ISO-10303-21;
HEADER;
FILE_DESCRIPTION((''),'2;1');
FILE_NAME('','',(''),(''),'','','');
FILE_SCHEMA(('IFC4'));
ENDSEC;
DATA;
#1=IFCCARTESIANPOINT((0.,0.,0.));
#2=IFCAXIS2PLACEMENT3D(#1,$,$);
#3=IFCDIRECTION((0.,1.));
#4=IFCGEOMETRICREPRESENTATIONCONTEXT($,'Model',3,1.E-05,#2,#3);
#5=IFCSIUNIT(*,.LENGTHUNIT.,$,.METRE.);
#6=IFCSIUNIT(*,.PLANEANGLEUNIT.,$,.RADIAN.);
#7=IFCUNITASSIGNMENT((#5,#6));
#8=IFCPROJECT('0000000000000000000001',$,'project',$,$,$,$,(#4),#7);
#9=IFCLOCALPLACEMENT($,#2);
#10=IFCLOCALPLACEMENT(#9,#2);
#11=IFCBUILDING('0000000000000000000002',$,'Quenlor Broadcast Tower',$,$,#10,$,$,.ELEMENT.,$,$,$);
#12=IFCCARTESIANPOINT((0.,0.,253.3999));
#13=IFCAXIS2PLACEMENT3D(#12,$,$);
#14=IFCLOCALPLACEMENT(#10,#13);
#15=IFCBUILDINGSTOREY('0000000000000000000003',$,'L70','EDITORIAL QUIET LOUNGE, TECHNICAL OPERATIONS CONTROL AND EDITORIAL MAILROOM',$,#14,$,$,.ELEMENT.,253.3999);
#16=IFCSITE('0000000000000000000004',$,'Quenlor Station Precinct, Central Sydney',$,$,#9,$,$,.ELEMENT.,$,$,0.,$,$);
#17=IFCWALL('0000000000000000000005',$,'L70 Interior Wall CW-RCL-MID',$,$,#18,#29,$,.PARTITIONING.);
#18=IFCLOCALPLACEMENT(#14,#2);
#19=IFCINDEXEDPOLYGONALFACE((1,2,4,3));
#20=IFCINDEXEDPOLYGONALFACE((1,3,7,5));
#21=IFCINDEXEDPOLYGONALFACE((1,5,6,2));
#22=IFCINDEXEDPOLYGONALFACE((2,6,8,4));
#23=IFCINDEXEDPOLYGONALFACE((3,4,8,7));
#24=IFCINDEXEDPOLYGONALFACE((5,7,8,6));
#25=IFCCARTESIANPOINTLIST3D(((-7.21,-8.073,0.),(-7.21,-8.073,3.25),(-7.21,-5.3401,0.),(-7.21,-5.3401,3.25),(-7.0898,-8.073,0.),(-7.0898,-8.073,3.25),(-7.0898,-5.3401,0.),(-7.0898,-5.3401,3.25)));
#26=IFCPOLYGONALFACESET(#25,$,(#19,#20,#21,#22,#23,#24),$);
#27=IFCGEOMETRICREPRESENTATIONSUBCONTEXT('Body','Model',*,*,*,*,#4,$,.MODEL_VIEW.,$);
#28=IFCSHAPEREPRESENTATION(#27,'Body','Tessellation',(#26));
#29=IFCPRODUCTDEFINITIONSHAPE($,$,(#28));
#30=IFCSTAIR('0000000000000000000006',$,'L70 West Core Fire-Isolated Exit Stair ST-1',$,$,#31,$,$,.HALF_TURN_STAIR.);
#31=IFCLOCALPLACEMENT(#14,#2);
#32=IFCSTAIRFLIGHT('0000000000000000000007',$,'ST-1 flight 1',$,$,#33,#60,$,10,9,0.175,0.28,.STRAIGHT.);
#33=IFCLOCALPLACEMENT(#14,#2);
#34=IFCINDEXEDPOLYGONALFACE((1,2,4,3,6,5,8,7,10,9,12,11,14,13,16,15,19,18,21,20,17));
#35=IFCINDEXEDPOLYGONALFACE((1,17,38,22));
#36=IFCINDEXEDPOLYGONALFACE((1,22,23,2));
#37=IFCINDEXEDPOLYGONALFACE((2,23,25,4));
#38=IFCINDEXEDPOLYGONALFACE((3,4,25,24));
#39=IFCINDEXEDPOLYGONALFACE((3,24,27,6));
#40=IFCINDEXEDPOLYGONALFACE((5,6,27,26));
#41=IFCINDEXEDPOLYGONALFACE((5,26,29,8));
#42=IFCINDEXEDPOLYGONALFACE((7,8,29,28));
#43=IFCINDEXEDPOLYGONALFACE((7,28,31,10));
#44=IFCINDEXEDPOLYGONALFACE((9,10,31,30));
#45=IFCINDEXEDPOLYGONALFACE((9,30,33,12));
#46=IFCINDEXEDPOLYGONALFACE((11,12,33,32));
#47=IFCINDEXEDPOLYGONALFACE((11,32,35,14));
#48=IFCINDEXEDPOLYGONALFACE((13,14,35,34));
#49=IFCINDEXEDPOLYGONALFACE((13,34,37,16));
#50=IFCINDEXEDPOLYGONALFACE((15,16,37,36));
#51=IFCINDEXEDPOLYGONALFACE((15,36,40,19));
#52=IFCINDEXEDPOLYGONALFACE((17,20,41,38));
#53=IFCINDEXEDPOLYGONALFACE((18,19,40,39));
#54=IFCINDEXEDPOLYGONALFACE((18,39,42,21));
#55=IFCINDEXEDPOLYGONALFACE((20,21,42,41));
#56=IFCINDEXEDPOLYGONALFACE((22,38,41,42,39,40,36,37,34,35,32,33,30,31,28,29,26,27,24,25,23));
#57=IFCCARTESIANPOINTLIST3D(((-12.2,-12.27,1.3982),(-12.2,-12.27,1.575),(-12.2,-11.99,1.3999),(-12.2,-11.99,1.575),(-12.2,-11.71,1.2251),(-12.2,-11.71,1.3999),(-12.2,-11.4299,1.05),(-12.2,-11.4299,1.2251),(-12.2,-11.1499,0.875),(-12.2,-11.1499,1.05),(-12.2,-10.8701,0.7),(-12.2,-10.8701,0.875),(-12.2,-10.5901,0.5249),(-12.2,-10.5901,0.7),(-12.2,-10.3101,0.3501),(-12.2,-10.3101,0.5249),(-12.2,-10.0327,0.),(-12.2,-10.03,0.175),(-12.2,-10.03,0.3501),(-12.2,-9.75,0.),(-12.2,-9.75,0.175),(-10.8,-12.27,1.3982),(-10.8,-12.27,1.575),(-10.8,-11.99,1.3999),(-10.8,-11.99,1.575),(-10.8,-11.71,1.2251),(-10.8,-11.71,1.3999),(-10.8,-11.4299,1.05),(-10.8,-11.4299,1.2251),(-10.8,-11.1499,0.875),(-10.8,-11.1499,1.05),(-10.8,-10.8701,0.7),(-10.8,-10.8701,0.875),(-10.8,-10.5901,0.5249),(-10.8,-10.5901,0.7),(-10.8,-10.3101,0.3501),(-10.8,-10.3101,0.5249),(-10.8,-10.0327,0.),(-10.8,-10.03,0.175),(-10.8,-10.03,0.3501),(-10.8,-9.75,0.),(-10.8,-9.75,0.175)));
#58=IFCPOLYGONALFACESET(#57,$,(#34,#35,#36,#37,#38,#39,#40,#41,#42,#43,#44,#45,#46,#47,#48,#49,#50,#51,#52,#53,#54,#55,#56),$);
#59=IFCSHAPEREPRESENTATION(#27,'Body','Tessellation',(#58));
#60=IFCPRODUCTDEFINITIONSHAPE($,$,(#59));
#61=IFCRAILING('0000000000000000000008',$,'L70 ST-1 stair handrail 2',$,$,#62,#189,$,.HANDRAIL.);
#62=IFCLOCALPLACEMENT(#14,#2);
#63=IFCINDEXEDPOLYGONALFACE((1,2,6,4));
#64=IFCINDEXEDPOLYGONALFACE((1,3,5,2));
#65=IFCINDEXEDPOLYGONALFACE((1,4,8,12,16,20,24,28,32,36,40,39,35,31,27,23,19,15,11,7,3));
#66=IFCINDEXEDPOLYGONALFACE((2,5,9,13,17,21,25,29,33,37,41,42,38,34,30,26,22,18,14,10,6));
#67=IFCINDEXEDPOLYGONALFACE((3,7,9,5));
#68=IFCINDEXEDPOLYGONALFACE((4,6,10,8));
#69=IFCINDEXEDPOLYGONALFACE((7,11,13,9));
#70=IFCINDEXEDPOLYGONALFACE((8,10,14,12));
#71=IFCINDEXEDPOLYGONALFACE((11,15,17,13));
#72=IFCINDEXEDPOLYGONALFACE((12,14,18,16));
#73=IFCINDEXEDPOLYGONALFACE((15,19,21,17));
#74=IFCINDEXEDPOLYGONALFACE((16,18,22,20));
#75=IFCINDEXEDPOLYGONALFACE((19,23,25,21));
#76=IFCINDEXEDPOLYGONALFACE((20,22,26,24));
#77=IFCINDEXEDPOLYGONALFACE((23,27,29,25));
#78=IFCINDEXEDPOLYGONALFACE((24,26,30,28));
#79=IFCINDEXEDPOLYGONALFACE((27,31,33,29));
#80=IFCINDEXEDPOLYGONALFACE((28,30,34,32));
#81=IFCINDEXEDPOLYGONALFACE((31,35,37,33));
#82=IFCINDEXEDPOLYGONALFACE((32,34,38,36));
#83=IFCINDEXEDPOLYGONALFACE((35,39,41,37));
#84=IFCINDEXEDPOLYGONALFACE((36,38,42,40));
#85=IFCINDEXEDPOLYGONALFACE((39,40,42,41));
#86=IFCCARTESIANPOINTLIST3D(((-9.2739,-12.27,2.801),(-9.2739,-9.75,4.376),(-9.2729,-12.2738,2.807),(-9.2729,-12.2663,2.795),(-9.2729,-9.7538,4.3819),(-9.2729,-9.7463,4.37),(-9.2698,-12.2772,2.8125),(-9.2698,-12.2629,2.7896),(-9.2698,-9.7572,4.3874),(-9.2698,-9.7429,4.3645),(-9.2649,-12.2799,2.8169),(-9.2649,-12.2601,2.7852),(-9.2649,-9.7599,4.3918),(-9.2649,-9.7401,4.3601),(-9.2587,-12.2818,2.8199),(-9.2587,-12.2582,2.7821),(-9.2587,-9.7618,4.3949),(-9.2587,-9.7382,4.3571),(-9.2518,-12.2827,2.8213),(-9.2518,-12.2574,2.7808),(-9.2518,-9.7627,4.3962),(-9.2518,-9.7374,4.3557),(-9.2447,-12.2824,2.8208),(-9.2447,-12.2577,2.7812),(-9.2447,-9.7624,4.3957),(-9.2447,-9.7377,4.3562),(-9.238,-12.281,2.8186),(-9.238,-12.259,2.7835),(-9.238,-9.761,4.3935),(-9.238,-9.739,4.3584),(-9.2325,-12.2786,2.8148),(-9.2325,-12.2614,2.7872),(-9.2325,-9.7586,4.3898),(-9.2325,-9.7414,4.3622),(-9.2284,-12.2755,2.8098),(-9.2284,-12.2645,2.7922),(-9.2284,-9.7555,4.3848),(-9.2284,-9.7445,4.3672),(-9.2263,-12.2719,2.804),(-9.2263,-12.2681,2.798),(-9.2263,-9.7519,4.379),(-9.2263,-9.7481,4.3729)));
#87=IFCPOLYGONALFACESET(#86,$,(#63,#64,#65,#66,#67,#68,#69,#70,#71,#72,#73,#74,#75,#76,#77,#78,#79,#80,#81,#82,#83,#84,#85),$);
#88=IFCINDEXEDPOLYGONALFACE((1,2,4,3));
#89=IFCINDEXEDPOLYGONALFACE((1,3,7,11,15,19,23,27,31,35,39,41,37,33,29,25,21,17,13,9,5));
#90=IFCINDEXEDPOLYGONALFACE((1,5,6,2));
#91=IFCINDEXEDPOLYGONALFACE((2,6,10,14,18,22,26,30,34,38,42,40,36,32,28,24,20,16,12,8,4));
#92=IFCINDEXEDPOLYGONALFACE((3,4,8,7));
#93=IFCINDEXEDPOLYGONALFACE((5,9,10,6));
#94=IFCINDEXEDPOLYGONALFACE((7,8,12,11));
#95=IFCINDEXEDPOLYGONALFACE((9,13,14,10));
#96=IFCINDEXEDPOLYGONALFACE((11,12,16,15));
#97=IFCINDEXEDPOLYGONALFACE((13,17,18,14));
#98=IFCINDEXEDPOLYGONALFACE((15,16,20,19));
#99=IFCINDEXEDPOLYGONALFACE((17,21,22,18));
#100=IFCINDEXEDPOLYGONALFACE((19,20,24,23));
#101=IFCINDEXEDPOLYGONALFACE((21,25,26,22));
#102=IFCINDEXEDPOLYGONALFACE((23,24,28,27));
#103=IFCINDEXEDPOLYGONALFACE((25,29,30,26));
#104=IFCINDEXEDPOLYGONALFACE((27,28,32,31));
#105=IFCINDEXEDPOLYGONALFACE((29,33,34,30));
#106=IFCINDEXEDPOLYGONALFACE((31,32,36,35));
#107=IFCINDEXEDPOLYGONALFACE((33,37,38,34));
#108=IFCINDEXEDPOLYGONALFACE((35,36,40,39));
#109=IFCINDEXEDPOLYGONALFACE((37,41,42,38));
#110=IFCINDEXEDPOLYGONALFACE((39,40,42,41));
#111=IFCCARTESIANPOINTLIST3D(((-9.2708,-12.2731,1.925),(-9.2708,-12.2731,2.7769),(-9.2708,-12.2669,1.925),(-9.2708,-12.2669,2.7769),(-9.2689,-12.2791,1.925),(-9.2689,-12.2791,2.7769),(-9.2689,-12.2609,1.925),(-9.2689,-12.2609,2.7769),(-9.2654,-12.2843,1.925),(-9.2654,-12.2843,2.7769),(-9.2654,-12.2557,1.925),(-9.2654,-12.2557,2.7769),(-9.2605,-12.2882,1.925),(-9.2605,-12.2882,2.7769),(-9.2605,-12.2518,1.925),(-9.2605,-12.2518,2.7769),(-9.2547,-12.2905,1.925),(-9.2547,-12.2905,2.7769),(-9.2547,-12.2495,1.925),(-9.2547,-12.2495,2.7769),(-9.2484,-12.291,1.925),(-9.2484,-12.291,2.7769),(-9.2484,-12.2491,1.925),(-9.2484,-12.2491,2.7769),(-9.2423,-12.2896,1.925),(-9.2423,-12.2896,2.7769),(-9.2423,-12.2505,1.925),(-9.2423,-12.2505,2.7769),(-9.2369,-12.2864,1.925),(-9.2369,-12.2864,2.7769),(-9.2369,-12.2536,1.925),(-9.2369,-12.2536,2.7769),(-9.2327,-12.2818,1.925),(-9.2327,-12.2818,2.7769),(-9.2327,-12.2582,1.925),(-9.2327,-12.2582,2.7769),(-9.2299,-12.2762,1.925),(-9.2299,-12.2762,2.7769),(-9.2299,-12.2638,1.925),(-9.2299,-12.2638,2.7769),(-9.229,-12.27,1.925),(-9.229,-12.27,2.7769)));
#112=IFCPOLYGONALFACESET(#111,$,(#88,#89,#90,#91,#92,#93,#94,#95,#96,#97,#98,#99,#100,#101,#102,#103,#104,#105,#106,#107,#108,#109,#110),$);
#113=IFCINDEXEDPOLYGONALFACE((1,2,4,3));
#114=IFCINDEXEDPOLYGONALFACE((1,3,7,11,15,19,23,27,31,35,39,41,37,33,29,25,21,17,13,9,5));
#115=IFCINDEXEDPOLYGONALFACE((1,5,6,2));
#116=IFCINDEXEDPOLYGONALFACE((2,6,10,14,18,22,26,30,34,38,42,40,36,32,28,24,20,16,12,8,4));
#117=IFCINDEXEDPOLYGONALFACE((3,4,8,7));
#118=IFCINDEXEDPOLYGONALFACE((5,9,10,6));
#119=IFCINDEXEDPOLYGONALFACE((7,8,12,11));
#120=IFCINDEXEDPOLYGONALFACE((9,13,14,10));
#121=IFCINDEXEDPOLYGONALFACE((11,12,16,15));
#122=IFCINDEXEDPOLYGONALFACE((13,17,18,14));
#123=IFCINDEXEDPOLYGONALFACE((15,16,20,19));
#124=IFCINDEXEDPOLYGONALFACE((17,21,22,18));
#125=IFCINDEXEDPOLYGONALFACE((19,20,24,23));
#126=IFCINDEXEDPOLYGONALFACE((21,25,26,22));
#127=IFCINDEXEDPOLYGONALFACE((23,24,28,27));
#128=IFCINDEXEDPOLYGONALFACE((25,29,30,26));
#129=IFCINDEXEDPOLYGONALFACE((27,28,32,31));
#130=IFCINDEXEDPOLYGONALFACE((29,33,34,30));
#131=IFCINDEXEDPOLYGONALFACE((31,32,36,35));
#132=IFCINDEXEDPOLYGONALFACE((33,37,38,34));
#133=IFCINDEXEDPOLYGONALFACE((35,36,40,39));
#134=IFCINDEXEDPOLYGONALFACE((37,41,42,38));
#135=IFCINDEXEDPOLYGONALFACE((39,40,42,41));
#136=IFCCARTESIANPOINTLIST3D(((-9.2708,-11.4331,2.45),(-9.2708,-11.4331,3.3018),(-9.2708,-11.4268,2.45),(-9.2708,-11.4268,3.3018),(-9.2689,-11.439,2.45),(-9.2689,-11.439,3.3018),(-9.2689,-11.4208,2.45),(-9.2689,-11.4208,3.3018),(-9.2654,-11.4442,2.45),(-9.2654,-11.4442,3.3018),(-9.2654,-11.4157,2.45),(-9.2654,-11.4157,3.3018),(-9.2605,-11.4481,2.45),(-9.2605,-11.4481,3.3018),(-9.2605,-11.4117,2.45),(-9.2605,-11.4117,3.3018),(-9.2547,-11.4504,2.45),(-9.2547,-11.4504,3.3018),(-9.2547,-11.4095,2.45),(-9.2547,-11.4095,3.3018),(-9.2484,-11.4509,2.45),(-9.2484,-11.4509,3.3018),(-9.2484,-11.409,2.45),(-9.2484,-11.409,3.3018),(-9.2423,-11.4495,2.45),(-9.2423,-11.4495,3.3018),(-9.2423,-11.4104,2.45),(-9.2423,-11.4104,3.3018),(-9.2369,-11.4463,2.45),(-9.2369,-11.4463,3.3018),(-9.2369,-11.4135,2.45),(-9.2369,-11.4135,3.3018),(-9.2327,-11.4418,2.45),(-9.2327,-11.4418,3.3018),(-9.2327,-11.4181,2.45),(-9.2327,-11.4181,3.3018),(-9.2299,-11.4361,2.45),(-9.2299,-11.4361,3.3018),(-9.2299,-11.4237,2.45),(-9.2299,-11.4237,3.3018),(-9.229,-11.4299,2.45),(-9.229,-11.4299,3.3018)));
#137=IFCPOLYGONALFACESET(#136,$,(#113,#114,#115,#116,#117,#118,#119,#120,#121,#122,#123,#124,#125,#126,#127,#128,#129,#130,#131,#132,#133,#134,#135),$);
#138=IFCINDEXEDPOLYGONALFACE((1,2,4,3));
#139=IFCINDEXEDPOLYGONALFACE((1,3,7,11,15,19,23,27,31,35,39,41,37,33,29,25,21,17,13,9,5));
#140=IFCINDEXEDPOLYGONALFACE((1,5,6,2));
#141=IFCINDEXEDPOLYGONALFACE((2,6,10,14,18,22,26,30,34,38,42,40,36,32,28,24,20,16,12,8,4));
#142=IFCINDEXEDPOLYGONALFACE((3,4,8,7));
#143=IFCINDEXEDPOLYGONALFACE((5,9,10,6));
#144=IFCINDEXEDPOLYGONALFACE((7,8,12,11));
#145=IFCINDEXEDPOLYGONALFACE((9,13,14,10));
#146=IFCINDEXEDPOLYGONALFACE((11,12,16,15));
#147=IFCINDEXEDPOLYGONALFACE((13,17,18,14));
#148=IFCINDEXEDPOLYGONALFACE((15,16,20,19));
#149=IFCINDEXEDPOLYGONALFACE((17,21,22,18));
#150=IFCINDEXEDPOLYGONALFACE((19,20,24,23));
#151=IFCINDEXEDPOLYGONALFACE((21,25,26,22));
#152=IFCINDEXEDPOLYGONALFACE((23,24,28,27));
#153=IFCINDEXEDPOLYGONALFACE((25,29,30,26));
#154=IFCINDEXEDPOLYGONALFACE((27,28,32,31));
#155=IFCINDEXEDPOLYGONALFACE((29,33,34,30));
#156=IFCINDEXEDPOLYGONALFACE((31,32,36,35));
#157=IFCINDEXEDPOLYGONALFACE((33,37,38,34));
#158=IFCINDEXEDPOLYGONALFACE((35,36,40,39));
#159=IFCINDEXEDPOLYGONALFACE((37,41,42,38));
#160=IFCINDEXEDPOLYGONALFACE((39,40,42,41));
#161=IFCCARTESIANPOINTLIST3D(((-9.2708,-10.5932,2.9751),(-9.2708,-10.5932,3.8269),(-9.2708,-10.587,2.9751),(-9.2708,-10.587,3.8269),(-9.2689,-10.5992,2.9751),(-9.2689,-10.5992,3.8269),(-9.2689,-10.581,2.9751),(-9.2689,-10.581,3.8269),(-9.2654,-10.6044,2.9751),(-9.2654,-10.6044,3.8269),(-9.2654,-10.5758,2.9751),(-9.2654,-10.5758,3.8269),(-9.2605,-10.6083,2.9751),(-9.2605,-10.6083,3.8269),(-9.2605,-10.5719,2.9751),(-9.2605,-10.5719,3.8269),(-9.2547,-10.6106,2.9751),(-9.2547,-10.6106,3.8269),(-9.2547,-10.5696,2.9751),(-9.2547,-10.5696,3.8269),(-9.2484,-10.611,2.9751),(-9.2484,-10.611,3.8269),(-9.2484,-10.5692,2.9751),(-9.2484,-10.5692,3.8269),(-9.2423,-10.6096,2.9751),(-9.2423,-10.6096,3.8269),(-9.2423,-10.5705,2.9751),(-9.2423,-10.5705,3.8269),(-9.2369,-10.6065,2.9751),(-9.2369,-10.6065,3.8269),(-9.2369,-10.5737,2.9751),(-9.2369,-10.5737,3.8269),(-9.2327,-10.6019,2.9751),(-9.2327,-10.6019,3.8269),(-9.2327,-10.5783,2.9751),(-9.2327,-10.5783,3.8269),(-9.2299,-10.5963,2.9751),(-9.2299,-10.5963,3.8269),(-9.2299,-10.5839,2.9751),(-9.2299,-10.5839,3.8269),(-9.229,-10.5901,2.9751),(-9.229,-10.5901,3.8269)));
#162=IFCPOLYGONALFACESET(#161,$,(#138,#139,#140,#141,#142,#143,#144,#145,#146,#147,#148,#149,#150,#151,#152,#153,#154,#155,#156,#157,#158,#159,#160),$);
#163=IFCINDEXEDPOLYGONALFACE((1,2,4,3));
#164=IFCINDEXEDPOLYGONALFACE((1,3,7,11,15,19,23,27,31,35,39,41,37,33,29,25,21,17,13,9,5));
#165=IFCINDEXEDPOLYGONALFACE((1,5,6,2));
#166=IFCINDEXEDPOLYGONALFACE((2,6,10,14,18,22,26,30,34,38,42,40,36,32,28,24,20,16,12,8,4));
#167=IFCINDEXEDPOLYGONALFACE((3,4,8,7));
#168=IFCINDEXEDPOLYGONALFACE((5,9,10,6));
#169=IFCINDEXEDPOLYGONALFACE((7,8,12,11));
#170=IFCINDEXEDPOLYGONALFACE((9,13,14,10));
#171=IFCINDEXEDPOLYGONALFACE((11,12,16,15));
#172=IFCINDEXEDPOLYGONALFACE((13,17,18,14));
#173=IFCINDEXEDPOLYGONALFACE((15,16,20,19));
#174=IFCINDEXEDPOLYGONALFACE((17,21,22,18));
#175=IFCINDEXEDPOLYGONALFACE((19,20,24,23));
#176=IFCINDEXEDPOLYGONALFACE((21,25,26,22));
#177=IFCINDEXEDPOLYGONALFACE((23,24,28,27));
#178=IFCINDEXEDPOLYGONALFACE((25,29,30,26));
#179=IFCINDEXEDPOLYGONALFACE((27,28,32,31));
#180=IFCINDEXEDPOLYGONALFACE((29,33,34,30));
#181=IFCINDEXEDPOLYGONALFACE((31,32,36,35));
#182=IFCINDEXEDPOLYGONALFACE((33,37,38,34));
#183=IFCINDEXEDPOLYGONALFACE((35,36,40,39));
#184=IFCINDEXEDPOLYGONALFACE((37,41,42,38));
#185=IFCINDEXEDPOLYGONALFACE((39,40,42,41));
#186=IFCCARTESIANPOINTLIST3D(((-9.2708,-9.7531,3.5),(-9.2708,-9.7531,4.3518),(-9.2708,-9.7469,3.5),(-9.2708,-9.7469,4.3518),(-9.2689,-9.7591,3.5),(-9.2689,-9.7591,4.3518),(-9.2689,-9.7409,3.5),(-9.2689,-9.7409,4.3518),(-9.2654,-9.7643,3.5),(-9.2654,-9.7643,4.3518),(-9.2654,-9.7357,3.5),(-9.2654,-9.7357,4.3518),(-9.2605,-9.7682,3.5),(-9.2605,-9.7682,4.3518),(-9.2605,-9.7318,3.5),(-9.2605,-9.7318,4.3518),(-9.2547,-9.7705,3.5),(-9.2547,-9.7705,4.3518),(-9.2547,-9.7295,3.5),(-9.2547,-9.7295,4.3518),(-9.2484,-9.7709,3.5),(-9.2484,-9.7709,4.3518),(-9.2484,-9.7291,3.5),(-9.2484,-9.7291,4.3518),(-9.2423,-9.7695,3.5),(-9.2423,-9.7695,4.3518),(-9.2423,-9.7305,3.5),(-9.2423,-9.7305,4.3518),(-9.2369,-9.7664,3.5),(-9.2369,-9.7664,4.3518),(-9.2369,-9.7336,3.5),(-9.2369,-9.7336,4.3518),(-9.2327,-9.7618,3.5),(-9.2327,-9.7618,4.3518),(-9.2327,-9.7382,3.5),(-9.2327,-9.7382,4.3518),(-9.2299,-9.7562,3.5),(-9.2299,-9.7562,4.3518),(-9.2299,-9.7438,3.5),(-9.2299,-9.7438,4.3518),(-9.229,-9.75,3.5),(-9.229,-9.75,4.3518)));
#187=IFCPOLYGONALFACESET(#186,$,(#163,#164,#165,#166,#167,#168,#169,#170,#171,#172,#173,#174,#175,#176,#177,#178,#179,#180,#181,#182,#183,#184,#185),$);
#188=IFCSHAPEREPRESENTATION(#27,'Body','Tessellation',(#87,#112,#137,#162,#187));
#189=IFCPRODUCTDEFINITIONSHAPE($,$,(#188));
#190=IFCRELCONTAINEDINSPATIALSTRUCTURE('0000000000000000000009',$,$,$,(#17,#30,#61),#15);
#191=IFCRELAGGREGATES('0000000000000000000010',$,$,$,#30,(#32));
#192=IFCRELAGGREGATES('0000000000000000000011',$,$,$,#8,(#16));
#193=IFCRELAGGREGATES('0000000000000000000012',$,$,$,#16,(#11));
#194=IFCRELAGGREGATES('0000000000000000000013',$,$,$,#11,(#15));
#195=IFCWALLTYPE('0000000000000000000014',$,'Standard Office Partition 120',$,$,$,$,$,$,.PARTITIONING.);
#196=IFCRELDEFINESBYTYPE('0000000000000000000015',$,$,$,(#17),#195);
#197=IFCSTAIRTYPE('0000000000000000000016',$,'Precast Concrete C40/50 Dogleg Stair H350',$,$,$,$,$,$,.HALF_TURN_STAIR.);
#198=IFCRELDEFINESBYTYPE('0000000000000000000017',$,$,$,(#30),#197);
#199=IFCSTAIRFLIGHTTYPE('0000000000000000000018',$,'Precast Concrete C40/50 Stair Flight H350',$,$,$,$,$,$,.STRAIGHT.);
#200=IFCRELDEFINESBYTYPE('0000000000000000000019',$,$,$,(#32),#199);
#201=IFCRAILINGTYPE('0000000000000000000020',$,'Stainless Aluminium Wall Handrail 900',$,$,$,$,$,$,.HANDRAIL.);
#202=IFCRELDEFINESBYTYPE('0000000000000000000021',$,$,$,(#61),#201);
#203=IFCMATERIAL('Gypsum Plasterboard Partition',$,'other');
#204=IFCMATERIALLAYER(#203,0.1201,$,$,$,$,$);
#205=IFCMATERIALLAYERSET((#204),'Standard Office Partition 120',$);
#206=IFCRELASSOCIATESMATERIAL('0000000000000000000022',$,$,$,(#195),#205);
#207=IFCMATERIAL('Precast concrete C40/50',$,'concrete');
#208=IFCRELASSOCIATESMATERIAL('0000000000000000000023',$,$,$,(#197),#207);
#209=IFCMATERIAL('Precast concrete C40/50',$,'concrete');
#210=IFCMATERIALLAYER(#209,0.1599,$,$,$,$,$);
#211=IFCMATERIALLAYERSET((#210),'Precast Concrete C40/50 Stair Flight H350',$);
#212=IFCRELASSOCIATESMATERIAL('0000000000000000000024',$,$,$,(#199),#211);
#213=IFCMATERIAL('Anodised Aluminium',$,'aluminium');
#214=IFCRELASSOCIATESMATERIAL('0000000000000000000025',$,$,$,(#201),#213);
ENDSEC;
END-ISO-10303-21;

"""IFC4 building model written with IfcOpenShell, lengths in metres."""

from ifc_helpers import new_model, si_unit, direction, frame, frame_2d, origin, origin_2d, place, context, subcontext, project, spatial, polyline, rectangle, circle, outline, extrude, material, layer, layer_set, type_object, element, aggregate, save


model = new_model("IFC4")

# Units and contexts
model_context = context("Model", 3, precision=1e-05, world=origin(), true_north=direction((0.0, 1.0)))
body_context = subcontext(model_context, "Body", "Model", "MODEL_VIEW")
ifc_project = project(units=[si_unit("LENGTHUNIT", "METRE"), si_unit("PLANEANGLEUNIT", "RADIAN")], contexts=[model_context])

# Site, building, storey
site_placement = place(None, origin())
site = spatial("IfcSite", under=ifc_project, at=site_placement, Name="Quenlor Station Precinct, Central Sydney", CompositionType="ELEMENT", RefElevation=0.0)
building_placement = place(site_placement, origin())
building = spatial("IfcBuilding", under=site, at=building_placement, Name="Quenlor Broadcast Tower", CompositionType="ELEMENT")
storey_placement = place(building_placement, frame((0.0, 0.0, 253.3999)))
storey = spatial("IfcBuildingStorey", under=building, at=storey_placement, Name="L70", Description="EDITORIAL QUIET LOUNGE, TECHNICAL OPERATIONS CONTROL AND EDITORIAL MAILROOM", CompositionType="ELEMENT", Elevation=253.3999)

# Wall
ifc_material_1 = material(Name="Gypsum Plasterboard Partition", Category="other")
ifc_layer_1 = layer(ifc_material_1, 0.1201)
ifc_layer_set_1 = layer_set([ifc_layer_1], Name="Standard Office Partition 120")
wall_type_1 = type_object("IfcWallType", Name="Standard Office Partition 120", PredefinedType="PARTITIONING", material=ifc_layer_set_1)
wall_1_placement = place(storey_placement, frame((-7.1499, -8.073, 0.0), z_axis=(0.0, 0.0, 1.0), x_axis=(0.0, 1.0, 0.0)))
element("IfcWall", 1, at=wall_1_placement, inside=storey, type_object=wall_type_1, Name="L70 Interior Wall CW-RCL-MID", PredefinedType="PARTITIONING", context=body_context, shape_type="SweptSolid", body=[
    extrude(rectangle(XDim=2.7329, YDim=0.1201, at=frame_2d((1.3665, 0.0))), origin(), (0.0, 0.0, 1.0), 3.25),
])

# Stair, stair flight
ifc_material_2 = material(Name="Precast concrete C40/50", Category="concrete")
stair_type = type_object("IfcStairType", Name="Precast Concrete C40/50 Dogleg Stair H350", PredefinedType="HALF_TURN_STAIR", material=ifc_material_2)
stair_placement = place(storey_placement, origin())
stair = element("IfcStair", 2, at=stair_placement, inside=storey, type_object=stair_type, Name="L70 West Core Fire-Isolated Exit Stair ST-1", PredefinedType="HALF_TURN_STAIR")
ifc_material_3 = material(Name="Precast concrete C40/50", Category="concrete")
ifc_layer_2 = layer(ifc_material_3, 0.1599)
ifc_layer_set_2 = layer_set([ifc_layer_2], Name="Precast Concrete C40/50 Stair Flight H350")
stair_flight_type = type_object("IfcStairFlightType", Name="Precast Concrete C40/50 Stair Flight H350", PredefinedType="STRAIGHT", material=ifc_layer_set_2)
stair_flight_placement = place(storey_placement, frame((-11.5, -9.75, 0.0), z_axis=(0.0, 0.0, 1.0), x_axis=(0.0, -1.0, 0.0)))
stair_flight = element("IfcStairFlight", 3, at=stair_flight_placement, type_object=stair_flight_type, Name="ST-1 flight 1", NumberOfRisers=10, NumberOfTreads=9, PredefinedType="STRAIGHT", RiserHeight=0.175, TreadLength=0.28, context=body_context, shape_type="SweptSolid", body=[
    extrude(outline(polyline([(0.0, 0.0), (0.0, 0.175), (0.28, 0.175), (0.28, 0.3501), (0.5601, 0.3501), (0.5601, 0.5249), (0.8401, 0.5249), (0.8401, 0.7), (1.1201, 0.7), (1.1201, 0.875), (1.3999, 0.875), (1.3999, 1.05), (1.6799, 1.05), (1.6799, 1.2251), (1.96, 1.2251), (1.96, 1.3999), (2.24, 1.3999), (2.24, 1.575), (2.52, 1.575), (2.52, 1.75), (2.52, 1.3982), (0.2827, 0.0), (0.0, 0.0)])), frame((0.0, 0.7, 0.0), z_axis=(0.0, -1.0, 0.0), x_axis=(1.0, 0.0, 0.0)), (0.0, 0.0, 1.0), 1.3999),
])
aggregate(stair, [stair_flight])

# Railing
ifc_material_4 = material(Name="Anodised Aluminium", Category="aluminium")
railing_type_1 = type_object("IfcRailingType", Name="Stainless Aluminium Wall Handrail 900", PredefinedType="HANDRAIL", material=ifc_material_4)
railing_1_placement = place(storey_placement, frame((-9.25, -12.27, 1.925)))
element("IfcRailing", 4, at=railing_1_placement, inside=storey, type_object=railing_type_1, Name="L70 ST-1 stair handrail 2", PredefinedType="HANDRAIL", context=body_context, shape_type="SweptSolid", body=[
    extrude(circle(Radius=0.0239, at=origin_2d()), frame((0.0, 0.0, 0.876), z_axis=(0.0, 0.848008, 0.529984), x_axis=(-1.0, 0.0, 0.0)), (0.0, 0.0, 1.0), 2.9717),
    extrude(circle(Radius=0.021, at=origin_2d()), origin(), (0.0, 0.0, 1.0), 0.8518),
    extrude(circle(Radius=0.021, at=origin_2d()), frame((0.0, 0.8401, 0.5249)), (0.0, 0.0, 1.0), 0.8518),
    extrude(circle(Radius=0.021, at=origin_2d()), frame((0.0, 1.6799, 1.05)), (0.0, 0.0, 1.0), 0.8518),
    extrude(circle(Radius=0.021, at=origin_2d()), frame((0.0, 2.52, 1.575)), (0.0, 0.0, 1.0), 0.8518),
])

save(model, "model.ifc")
